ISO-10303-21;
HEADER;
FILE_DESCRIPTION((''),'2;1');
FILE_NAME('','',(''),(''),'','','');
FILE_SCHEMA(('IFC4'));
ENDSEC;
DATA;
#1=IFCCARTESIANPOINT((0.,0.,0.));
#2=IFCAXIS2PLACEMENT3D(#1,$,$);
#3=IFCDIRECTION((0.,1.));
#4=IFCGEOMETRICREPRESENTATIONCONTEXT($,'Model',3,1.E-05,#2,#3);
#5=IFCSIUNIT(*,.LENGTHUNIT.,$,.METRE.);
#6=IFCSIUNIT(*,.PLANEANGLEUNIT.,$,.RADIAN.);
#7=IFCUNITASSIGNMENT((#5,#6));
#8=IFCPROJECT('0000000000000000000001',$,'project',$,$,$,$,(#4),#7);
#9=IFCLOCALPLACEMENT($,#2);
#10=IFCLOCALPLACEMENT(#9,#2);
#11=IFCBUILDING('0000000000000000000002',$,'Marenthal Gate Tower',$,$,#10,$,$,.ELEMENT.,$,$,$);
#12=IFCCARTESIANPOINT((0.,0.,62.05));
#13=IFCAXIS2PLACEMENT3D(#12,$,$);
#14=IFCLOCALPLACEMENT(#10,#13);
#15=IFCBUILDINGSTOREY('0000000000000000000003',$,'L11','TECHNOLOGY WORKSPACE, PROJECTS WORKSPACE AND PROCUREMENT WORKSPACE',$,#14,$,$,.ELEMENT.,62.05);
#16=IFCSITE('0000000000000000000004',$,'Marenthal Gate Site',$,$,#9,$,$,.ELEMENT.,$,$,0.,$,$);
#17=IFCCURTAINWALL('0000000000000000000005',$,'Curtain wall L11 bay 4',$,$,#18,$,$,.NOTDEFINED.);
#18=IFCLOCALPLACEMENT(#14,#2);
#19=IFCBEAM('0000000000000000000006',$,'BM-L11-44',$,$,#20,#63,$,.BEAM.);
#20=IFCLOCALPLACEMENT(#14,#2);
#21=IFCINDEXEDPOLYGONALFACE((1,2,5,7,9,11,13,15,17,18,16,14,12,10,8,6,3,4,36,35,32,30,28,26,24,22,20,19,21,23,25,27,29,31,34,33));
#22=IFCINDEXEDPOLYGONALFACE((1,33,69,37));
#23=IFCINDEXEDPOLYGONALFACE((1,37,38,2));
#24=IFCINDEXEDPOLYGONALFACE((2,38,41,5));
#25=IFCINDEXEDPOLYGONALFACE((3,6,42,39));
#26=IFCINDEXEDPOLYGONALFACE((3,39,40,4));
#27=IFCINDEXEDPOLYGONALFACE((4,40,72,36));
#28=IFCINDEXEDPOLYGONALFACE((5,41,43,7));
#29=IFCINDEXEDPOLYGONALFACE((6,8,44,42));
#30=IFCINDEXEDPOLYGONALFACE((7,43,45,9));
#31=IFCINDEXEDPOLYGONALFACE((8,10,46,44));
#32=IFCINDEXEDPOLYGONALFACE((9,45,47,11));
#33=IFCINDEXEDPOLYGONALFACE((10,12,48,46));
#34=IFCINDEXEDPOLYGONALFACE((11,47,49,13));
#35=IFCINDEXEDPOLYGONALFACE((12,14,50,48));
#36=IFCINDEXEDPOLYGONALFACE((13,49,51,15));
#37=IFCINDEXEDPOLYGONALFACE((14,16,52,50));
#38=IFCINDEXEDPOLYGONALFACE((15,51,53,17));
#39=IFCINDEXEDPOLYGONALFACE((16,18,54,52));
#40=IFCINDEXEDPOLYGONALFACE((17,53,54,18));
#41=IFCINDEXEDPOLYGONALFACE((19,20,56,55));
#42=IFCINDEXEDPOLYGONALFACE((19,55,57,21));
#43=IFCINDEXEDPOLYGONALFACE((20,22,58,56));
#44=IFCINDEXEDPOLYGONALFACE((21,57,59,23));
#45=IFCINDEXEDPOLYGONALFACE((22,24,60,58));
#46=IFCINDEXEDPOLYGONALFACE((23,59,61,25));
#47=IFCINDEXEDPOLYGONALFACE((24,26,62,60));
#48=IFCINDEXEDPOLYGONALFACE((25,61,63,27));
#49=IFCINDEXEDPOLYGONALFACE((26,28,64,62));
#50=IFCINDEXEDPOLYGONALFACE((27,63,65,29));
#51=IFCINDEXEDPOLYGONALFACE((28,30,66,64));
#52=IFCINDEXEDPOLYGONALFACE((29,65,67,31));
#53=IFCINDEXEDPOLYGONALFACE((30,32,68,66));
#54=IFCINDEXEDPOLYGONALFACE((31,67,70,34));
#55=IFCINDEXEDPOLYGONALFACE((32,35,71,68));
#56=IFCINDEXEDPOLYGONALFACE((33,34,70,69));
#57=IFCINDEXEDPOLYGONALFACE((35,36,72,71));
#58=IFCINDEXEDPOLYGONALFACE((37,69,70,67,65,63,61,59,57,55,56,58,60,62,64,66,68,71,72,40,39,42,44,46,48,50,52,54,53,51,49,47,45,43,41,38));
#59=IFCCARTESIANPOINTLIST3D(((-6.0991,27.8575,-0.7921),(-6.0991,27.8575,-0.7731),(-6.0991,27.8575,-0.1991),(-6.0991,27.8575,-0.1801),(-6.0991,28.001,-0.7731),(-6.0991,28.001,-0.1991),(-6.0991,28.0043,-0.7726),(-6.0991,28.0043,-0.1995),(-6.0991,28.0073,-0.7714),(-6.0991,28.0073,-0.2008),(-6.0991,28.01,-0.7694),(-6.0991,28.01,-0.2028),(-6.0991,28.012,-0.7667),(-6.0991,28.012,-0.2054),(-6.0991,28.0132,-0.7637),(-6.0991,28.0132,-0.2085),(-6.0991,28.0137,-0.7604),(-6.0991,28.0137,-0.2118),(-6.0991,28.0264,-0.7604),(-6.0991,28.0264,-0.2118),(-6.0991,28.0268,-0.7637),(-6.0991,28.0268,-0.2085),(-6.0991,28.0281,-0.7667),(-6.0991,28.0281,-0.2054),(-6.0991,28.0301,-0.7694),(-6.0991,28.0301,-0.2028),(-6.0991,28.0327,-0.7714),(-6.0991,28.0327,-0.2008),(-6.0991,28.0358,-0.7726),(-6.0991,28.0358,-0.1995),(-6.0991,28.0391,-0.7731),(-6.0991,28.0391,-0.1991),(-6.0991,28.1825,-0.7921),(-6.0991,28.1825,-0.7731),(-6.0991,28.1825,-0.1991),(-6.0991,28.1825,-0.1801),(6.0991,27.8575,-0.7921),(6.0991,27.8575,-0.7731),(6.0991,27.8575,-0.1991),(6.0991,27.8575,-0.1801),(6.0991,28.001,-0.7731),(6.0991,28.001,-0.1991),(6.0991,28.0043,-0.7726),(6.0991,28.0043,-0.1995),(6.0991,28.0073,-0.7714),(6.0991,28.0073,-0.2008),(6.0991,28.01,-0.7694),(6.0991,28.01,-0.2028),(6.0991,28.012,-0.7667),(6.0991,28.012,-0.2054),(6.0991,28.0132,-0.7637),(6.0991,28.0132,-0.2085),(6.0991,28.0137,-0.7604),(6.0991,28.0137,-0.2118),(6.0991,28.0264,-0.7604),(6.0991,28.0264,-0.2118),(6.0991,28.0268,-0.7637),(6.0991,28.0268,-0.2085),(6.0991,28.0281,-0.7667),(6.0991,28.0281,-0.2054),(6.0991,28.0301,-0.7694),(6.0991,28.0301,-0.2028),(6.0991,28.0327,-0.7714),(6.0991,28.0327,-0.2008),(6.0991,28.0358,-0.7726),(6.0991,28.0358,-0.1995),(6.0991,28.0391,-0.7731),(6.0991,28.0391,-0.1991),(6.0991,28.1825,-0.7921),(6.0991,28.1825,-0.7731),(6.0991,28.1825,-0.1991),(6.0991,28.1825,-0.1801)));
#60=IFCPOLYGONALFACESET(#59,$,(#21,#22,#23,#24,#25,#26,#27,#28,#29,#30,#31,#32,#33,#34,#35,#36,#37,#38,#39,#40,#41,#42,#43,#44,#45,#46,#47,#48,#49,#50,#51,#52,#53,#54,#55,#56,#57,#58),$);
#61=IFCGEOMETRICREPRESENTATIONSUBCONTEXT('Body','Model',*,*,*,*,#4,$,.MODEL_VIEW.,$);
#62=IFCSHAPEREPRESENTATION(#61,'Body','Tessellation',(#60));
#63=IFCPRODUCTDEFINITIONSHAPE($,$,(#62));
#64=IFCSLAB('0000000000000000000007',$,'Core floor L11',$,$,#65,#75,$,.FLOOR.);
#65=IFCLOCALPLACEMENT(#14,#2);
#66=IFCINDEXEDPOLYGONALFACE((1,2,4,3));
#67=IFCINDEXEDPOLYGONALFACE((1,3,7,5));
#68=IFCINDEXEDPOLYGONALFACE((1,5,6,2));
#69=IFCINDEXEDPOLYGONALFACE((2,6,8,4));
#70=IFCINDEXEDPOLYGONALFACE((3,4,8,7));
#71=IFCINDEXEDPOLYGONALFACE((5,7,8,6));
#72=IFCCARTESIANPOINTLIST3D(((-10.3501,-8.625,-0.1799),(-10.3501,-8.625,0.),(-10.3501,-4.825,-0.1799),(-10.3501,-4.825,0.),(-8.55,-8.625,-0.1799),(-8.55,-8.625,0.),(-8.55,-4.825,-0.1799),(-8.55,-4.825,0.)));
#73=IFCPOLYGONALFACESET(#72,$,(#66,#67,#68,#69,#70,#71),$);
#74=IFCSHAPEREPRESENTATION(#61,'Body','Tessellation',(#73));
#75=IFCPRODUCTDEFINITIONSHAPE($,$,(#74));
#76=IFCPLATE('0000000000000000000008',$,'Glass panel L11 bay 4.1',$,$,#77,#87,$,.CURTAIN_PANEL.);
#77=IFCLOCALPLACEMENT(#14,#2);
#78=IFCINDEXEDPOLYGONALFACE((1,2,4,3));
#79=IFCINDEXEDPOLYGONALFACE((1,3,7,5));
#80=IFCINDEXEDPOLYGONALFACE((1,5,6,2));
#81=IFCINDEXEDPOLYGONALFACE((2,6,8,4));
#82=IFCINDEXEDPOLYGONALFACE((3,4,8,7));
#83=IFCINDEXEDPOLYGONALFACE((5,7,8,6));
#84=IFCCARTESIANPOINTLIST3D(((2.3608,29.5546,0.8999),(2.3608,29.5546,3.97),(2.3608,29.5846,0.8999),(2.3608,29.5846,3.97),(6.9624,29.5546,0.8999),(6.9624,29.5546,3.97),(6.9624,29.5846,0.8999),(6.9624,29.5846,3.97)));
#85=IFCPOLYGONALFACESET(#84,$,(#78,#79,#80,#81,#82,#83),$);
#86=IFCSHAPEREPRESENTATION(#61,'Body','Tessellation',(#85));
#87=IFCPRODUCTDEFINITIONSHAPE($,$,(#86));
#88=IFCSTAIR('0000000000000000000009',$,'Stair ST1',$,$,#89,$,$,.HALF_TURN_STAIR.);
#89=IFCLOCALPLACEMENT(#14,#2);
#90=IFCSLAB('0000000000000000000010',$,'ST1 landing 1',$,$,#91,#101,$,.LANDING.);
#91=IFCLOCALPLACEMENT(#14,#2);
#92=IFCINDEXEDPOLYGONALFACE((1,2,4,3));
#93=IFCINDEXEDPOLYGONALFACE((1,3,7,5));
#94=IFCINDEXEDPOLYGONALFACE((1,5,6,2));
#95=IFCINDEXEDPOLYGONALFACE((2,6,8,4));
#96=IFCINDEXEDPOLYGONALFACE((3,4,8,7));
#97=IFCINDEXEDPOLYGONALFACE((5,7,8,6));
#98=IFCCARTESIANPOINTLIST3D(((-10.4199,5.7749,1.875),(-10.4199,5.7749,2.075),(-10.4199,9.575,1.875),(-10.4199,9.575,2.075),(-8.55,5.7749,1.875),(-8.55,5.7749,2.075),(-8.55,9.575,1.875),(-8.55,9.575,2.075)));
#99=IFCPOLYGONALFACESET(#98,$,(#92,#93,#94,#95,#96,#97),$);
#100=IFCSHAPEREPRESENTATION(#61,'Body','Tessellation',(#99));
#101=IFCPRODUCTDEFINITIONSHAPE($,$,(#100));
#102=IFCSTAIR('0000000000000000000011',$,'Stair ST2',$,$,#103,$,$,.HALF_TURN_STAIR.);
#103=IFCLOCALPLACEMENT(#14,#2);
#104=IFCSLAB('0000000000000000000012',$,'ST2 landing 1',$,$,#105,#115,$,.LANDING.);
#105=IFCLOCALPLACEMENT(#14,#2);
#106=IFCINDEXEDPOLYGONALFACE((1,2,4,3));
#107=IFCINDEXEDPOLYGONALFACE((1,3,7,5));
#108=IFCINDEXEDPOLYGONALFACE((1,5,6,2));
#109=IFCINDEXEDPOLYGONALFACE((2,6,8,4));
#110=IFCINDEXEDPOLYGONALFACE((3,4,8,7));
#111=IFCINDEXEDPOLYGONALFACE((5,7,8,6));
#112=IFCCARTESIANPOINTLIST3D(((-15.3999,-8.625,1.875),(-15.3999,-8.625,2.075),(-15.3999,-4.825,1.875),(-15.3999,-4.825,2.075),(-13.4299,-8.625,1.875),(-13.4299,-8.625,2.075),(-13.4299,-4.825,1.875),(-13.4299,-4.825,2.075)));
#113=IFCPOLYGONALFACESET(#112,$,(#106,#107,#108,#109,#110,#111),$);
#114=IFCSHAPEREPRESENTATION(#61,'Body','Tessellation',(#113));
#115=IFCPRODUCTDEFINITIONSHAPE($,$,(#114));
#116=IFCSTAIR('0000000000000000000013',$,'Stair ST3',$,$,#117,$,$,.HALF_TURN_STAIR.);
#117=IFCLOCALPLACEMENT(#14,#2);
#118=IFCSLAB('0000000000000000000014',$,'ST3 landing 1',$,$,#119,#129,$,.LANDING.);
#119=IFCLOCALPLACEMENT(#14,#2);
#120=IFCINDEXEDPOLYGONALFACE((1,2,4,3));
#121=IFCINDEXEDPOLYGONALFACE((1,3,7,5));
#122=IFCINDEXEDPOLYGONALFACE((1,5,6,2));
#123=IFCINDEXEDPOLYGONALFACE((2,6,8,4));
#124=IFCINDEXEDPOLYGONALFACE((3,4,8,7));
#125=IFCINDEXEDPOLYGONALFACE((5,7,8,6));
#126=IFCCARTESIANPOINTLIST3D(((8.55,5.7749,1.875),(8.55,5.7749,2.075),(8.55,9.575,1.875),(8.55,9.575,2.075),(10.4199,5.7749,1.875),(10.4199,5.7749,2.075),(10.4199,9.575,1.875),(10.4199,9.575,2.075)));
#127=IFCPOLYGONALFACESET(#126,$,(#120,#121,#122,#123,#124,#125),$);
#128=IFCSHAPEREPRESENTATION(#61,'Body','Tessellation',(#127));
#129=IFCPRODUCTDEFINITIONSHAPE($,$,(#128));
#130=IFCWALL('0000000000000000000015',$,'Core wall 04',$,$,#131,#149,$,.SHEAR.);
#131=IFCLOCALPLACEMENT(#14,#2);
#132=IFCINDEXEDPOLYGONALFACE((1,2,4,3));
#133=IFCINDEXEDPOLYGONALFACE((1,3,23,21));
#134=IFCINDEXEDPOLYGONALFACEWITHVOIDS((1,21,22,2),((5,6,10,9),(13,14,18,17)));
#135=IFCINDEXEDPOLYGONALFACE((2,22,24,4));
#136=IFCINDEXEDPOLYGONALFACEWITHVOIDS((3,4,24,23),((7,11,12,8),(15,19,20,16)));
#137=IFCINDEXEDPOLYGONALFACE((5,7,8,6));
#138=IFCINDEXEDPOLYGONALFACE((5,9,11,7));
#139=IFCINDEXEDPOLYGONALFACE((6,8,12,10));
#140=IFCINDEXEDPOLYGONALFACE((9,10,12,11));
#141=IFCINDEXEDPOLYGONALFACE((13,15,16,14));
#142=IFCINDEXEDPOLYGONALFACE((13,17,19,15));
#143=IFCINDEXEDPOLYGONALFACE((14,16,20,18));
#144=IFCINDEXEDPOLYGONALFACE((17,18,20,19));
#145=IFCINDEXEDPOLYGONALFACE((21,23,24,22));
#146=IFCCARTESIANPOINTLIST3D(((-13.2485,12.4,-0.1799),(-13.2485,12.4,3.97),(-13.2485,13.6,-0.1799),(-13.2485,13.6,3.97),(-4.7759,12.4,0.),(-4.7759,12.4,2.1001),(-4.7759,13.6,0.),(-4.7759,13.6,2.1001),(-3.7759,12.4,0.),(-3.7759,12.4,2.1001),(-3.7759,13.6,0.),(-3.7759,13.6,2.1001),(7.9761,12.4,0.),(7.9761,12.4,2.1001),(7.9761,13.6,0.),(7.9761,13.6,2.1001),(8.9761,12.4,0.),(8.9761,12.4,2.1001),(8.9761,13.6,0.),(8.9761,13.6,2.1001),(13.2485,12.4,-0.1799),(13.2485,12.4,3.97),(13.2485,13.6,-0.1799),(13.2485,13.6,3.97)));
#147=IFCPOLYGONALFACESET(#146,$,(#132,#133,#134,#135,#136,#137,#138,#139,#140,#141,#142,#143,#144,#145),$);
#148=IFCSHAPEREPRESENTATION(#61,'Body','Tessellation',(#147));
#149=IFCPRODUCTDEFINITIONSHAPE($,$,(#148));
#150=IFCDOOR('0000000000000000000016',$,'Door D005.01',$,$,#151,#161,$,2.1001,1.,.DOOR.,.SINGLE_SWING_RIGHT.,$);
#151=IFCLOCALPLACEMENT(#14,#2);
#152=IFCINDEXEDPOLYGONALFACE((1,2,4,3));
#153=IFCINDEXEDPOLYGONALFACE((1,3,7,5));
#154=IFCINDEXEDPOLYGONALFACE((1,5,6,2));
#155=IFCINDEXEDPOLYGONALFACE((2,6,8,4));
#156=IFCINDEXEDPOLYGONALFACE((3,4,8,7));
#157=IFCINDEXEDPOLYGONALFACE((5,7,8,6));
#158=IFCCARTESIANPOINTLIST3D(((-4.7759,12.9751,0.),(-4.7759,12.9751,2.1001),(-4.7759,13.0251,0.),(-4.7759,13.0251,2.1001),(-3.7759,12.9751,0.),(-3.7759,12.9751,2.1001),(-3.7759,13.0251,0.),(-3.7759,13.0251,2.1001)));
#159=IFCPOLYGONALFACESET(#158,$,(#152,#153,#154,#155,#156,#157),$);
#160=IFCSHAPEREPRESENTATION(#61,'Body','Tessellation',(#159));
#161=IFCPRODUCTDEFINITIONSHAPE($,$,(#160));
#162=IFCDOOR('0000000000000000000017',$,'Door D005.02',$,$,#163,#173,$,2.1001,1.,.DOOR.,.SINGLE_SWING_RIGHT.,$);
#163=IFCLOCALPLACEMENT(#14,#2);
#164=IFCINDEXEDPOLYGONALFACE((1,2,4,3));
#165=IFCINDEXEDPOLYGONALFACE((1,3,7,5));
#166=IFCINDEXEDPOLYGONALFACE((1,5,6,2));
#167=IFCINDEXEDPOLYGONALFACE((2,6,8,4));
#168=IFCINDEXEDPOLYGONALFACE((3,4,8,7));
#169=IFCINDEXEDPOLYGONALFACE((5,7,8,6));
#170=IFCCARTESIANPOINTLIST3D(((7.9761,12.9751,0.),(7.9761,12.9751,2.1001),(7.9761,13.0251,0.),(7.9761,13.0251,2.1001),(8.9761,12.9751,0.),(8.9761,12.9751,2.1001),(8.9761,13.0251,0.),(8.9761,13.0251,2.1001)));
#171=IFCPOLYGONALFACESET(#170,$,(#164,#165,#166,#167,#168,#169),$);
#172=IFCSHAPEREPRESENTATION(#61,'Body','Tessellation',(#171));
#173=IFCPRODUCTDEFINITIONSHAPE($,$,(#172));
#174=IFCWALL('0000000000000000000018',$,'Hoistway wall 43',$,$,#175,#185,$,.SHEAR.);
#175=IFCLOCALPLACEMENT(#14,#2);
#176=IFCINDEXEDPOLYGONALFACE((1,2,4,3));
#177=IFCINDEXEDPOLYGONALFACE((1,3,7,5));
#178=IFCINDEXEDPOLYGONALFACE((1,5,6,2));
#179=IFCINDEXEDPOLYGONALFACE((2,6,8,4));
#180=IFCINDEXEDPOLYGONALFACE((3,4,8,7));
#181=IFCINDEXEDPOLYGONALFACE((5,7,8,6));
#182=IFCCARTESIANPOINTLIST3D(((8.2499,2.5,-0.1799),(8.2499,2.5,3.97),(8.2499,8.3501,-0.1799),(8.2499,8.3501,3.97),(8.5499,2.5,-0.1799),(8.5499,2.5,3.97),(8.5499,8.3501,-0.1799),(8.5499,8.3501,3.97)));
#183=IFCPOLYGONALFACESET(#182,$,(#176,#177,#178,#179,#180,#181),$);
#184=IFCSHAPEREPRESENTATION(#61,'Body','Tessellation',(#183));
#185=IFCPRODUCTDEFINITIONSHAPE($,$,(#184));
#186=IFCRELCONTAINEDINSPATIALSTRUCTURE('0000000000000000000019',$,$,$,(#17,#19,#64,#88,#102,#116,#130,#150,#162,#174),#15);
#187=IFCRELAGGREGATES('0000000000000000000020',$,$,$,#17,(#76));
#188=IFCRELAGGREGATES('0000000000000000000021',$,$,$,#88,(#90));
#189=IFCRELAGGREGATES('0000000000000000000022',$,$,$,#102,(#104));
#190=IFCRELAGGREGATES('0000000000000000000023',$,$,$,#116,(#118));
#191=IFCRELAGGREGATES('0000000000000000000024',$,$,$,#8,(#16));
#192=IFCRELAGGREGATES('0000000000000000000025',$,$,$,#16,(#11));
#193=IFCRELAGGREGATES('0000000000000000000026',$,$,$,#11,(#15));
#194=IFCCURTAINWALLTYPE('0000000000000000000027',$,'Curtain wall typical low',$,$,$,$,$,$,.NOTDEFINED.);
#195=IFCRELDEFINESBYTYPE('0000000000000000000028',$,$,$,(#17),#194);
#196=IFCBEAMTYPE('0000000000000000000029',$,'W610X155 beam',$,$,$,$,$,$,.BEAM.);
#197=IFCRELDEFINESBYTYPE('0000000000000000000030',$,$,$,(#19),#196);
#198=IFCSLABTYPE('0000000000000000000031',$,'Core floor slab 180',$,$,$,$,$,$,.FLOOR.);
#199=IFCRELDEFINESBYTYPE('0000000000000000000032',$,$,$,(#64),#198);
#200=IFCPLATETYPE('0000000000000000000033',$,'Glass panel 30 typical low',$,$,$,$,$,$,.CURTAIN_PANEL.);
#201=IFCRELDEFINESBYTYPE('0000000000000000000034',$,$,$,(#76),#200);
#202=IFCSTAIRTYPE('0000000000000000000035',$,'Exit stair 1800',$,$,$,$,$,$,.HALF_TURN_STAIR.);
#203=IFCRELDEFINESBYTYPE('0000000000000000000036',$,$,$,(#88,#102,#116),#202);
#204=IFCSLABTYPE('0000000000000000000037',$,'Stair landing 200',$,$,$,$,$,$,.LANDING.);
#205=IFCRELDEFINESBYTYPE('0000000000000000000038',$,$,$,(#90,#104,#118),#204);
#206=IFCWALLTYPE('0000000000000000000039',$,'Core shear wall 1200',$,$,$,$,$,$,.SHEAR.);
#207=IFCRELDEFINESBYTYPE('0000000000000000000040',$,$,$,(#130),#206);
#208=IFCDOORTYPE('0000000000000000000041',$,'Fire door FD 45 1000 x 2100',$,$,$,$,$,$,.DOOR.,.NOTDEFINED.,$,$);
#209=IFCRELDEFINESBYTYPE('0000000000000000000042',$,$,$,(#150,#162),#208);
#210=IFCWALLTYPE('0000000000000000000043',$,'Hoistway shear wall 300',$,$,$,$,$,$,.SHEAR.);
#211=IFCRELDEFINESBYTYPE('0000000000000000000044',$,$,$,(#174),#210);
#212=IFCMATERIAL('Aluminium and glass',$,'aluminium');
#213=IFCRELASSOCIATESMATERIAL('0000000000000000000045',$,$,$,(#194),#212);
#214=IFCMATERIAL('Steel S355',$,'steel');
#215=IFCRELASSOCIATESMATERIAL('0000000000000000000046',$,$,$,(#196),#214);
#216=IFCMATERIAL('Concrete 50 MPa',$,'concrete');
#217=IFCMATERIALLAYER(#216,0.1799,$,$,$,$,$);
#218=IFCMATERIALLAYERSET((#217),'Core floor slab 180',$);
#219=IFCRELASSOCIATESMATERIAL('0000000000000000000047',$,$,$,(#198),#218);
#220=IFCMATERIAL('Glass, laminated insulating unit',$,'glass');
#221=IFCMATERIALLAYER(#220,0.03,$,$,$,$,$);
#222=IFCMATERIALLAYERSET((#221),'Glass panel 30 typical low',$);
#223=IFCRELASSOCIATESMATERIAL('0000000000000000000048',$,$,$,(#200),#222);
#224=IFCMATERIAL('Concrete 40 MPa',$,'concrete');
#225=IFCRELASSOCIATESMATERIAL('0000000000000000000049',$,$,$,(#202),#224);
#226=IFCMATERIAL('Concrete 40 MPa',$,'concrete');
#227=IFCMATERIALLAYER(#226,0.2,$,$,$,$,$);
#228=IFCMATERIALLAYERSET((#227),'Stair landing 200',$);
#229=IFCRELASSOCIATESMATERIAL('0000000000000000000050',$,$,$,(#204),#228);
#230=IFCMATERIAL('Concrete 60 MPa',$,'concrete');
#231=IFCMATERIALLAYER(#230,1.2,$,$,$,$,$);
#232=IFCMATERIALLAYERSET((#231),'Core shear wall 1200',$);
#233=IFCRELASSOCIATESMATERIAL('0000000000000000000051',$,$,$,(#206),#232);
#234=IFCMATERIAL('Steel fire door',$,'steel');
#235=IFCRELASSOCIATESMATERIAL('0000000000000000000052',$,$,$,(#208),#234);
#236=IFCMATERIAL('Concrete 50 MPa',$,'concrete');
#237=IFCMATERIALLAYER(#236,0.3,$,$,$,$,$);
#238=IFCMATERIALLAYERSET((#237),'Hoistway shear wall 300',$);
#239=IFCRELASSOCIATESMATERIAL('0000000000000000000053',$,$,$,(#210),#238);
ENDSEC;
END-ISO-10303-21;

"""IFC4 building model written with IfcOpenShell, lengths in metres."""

from ifc_helpers import new_model, si_unit, direction, frame, frame_2d, origin, origin_2d, place, context, subcontext, project, spatial, polyline, rectangle, i_section, outline, extrude, material, layer, layer_set, material_profile, profile_set, type_object, element, fill, aggregate, save


model = new_model("IFC4")

# Units and contexts
model_context = context("Model", 3, precision=1e-05, world=origin(), true_north=direction((0.0, 1.0)))
body_context = subcontext(model_context, "Body", "Model", "MODEL_VIEW")
ifc_project = project(units=[si_unit("LENGTHUNIT", "METRE"), si_unit("PLANEANGLEUNIT", "RADIAN")], contexts=[model_context])

# Site, building, storey
site_placement = place(None, origin())
site = spatial("IfcSite", under=ifc_project, at=site_placement, Name="Marenthal Gate Site", CompositionType="ELEMENT", RefElevation=0.0)
building_placement = place(site_placement, origin())
building = spatial("IfcBuilding", under=site, at=building_placement, Name="Marenthal Gate Tower", CompositionType="ELEMENT")
storey_placement = place(building_placement, frame((0.0, 0.0, 62.05)))
storey = spatial("IfcBuildingStorey", under=building, at=storey_placement, Name="L11", Description="TECHNOLOGY WORKSPACE, PROJECTS WORKSPACE AND PROCUREMENT WORKSPACE", CompositionType="ELEMENT", Elevation=62.05)

# Curtain wall
ifc_material_1 = material(Name="Aluminium and glass", Category="aluminium")
curtain_wall_type = type_object("IfcCurtainWallType", Name="Curtain wall typical low", PredefinedType="NOTDEFINED", material=ifc_material_1)
curtain_wall_placement = place(storey_placement, origin())
curtain_wall = element("IfcCurtainWall", 1, at=curtain_wall_placement, inside=storey, type_object=curtain_wall_type, Name="Curtain wall L11 bay 4", PredefinedType="NOTDEFINED")

# Beam
ifc_material_2 = material(Name="Steel S355", Category="steel")
ifc_material_profile_1 = material_profile(ifc_material_2, i_section(OverallWidth=0.325, OverallDepth=0.6121, WebThickness=0.0127, FlangeThickness=0.019, FilletRadius=0.0127, at=origin_2d()), Name="W610X155")
ifc_profile_set_1 = profile_set([ifc_material_profile_1], Name="Steel S355")
beam_type_1 = type_object("IfcBeamType", Name="W610X155 beam", PredefinedType="BEAM", material=ifc_profile_set_1)
beam_1_placement = place(storey_placement, frame((6.0991, 28.02, -0.4861), z_axis=(-1.0, 0.0, 0.0), x_axis=(0.0, -1.0, 0.0)))
element("IfcBeam", 2, at=beam_1_placement, inside=storey, type_object=beam_type_1, Name="BM-L11-44", PredefinedType="BEAM", context=body_context, shape_type="SweptSolid", body=[
    extrude(i_section(OverallWidth=0.325, OverallDepth=0.6121, WebThickness=0.0127, FlangeThickness=0.019, FilletRadius=0.0127, at=origin_2d()), origin(), (0.0, 0.0, 1.0), 12.1982),
])

# Slab
ifc_material_3 = material(Name="Concrete 50 MPa", Category="concrete")
ifc_layer_1 = layer(ifc_material_3, 0.1799)
ifc_layer_set_1 = layer_set([ifc_layer_1], Name="Core floor slab 180")
slab_type_1 = type_object("IfcSlabType", Name="Core floor slab 180", PredefinedType="FLOOR", material=ifc_layer_set_1)
slab_1_placement = place(storey_placement, frame((0.0, 0.0, -0.1799)))
element("IfcSlab", 3, at=slab_1_placement, inside=storey, type_object=slab_type_1, Name="Core floor L11", PredefinedType="FLOOR", context=body_context, shape_type="SweptSolid", body=[
    extrude(outline(polyline([(-8.55, -8.625), (-10.3501, -8.625), (-10.3501, -4.825), (-8.55, -4.825), (-8.55, -8.625)])), origin(), (0.0, 0.0, 1.0), 0.1799),
])

# Plate
ifc_material_4 = material(Name="Glass, laminated insulating unit", Category="glass")
ifc_layer_2 = layer(ifc_material_4, 0.03)
ifc_layer_set_2 = layer_set([ifc_layer_2], Name="Glass panel 30 typical low")
plate_type = type_object("IfcPlateType", Name="Glass panel 30 typical low", PredefinedType="CURTAIN_PANEL", material=ifc_layer_set_2)
plate_placement = place(storey_placement, frame((4.6616, 29.5696, 0.8999), z_axis=(0.0, 0.0, 1.0), x_axis=(-1.0, 0.0, 0.0)))
plate = element("IfcPlate", 4, at=plate_placement, type_object=plate_type, Name="Glass panel L11 bay 4.1", PredefinedType="CURTAIN_PANEL", context=body_context, shape_type="SweptSolid", body=[
    extrude(rectangle(XDim=4.6016, YDim=0.03, at=origin_2d()), origin(), (0.0, 0.0, 1.0), 3.0701),
])
aggregate(curtain_wall, [plate])

# Stairs, slabs
ifc_material_5 = material(Name="Concrete 40 MPa", Category="concrete")
stair_type = type_object("IfcStairType", Name="Exit stair 1800", PredefinedType="HALF_TURN_STAIR", material=ifc_material_5)
stair_1_placement = place(storey_placement, origin())
stair_1 = element("IfcStair", 5, at=stair_1_placement, inside=storey, type_object=stair_type, Name="Stair ST1", PredefinedType="HALF_TURN_STAIR")
ifc_material_6 = material(Name="Concrete 40 MPa", Category="concrete")
ifc_layer_3 = layer(ifc_material_6, 0.2)
ifc_layer_set_3 = layer_set([ifc_layer_3], Name="Stair landing 200")
slab_type_2 = type_object("IfcSlabType", Name="Stair landing 200", PredefinedType="LANDING", material=ifc_layer_set_3)
slab_2_placement = place(storey_placement, frame((0.0, 0.0, 1.875)))
slab_2 = element("IfcSlab", 6, at=slab_2_placement, type_object=slab_type_2, Name="ST1 landing 1", PredefinedType="LANDING", context=body_context, shape_type="SweptSolid", body=[
    extrude(outline(polyline([(-10.4199, 5.7749), (-8.55, 5.7749), (-8.55, 9.575), (-10.4199, 9.575), (-10.4199, 5.7749)])), origin(), (0.0, 0.0, 1.0), 0.2),
])
aggregate(stair_1, [slab_2])
stair_2_placement = place(storey_placement, origin())
stair_2 = element("IfcStair", 7, at=stair_2_placement, inside=storey, type_object=stair_type, Name="Stair ST2", PredefinedType="HALF_TURN_STAIR")
slab_3_placement = place(storey_placement, frame((0.0, 0.0, 1.875)))
slab_3 = element("IfcSlab", 8, at=slab_3_placement, type_object=slab_type_2, Name="ST2 landing 1", PredefinedType="LANDING", context=body_context, shape_type="SweptSolid", body=[
    extrude(outline(polyline([(-15.3999, -8.625), (-13.4299, -8.625), (-13.4299, -4.825), (-15.3999, -4.825), (-15.3999, -8.625)])), origin(), (0.0, 0.0, 1.0), 0.2),
])
aggregate(stair_2, [slab_3])
stair_3_placement = place(storey_placement, origin())
stair_3 = element("IfcStair", 9, at=stair_3_placement, inside=storey, type_object=stair_type, Name="Stair ST3", PredefinedType="HALF_TURN_STAIR")
slab_4_placement = place(storey_placement, frame((0.0, 0.0, 1.875)))
slab_4 = element("IfcSlab", 10, at=slab_4_placement, type_object=slab_type_2, Name="ST3 landing 1", PredefinedType="LANDING", context=body_context, shape_type="SweptSolid", body=[
    extrude(outline(polyline([(8.55, 5.7749), (10.4199, 5.7749), (10.4199, 9.575), (8.55, 9.575), (8.55, 5.7749)])), origin(), (0.0, 0.0, 1.0), 0.2),
])

# Wall, openings, doors
ifc_material_7 = material(Name="Concrete 60 MPa", Category="concrete")
ifc_layer_4 = layer(ifc_material_7, 1.2)
ifc_layer_set_4 = layer_set([ifc_layer_4], Name="Core shear wall 1200")
wall_type_1 = type_object("IfcWallType", Name="Core shear wall 1200", PredefinedType="SHEAR", material=ifc_layer_set_4)
wall_1_placement = place(storey_placement, frame((13.2485, 13.0, -0.1799), z_axis=(0.0, 0.0, 1.0), x_axis=(-1.0, 0.0, 0.0)))
wall_1 = element("IfcWall", 11, at=wall_1_placement, inside=storey, type_object=wall_type_1, Name="Core wall 04", PredefinedType="SHEAR", context=body_context, shape_type="SweptSolid", body=[
    extrude(rectangle(XDim=26.4971, YDim=1.2, at=frame_2d((13.2485, 0.0))), origin(), (0.0, 0.0, 1.0), 4.1499),
])
opening_1_placement = place(wall_1_placement, frame((17.0244, 0.0, 0.1799)))
opening_1 = element("IfcOpeningElement", 12, at=opening_1_placement, cuts=wall_1, PredefinedType="OPENING", context=body_context, shape_type="SweptSolid", body=[
    extrude(rectangle(XDim=1.0, YDim=2.1001, at=frame_2d((0.5, 1.05))), frame((0.0, 0.6099, 0.0), z_axis=(0.0, -1.0, 0.0), x_axis=(1.0, 0.0, 0.0)), (0.0, 0.0, 1.0), 1.22),
])
opening_2_placement = place(wall_1_placement, frame((4.2725, 0.0, 0.1799)))
opening_2 = element("IfcOpeningElement", 13, at=opening_2_placement, cuts=wall_1, PredefinedType="OPENING", context=body_context, shape_type="SweptSolid", body=[
    extrude(rectangle(XDim=1.0, YDim=2.1001, at=frame_2d((0.5, 1.05))), frame((0.0, 0.6099, 0.0), z_axis=(0.0, -1.0, 0.0), x_axis=(1.0, 0.0, 0.0)), (0.0, 0.0, 1.0), 1.22),
])
ifc_material_8 = material(Name="Steel fire door", Category="steel")
door_type_1 = type_object("IfcDoorType", Name="Fire door FD 45 1000 x 2100", OperationType="NOTDEFINED", PredefinedType="DOOR", material=ifc_material_8)
door_1_placement = place(opening_1_placement, origin())
door_1 = element("IfcDoor", 14, at=door_1_placement, inside=storey, type_object=door_type_1, Name="Door D005.01", OperationType="SINGLE_SWING_RIGHT", OverallHeight=2.1001, OverallWidth=1.0, PredefinedType="DOOR", context=body_context, shape_type="SweptSolid", body=[
    extrude(rectangle(XDim=1.0, YDim=2.1001, at=frame_2d((0.5, 1.05))), frame((0.0, 0.0249, 0.0), z_axis=(0.0, -1.0, 0.0), x_axis=(1.0, 0.0, 0.0)), (0.0, 0.0, 1.0), 0.05),
])
fill(opening_1, door_1)
door_2_placement = place(opening_2_placement, origin())
door_2 = element("IfcDoor", 15, at=door_2_placement, inside=storey, type_object=door_type_1, Name="Door D005.02", OperationType="SINGLE_SWING_RIGHT", OverallHeight=2.1001, OverallWidth=1.0, PredefinedType="DOOR", context=body_context, shape_type="SweptSolid", body=[
    extrude(rectangle(XDim=1.0, YDim=2.1001, at=frame_2d((0.5, 1.05))), frame((0.0, 0.0249, 0.0), z_axis=(0.0, -1.0, 0.0), x_axis=(1.0, 0.0, 0.0)), (0.0, 0.0, 1.0), 0.05),
])
fill(opening_2, door_2)

# Wall
ifc_material_9 = material(Name="Concrete 50 MPa", Category="concrete")
ifc_layer_5 = layer(ifc_material_9, 0.3)
ifc_layer_set_5 = layer_set([ifc_layer_5], Name="Hoistway shear wall 300")
wall_type_2 = type_object("IfcWallType", Name="Hoistway shear wall 300", PredefinedType="SHEAR", material=ifc_layer_set_5)
wall_2_placement = place(storey_placement, frame((8.3999, 2.5, -0.1799), z_axis=(0.0, 0.0, 1.0), x_axis=(0.0, 1.0, 0.0)))
element("IfcWall", 16, at=wall_2_placement, inside=storey, type_object=wall_type_2, Name="Hoistway wall 43", PredefinedType="SHEAR", context=body_context, shape_type="SweptSolid", body=[
    extrude(rectangle(XDim=5.8501, YDim=0.3, at=frame_2d((2.925, 0.0))), origin(), (0.0, 0.0, 1.0), 4.1499),
])

aggregate(stair_3, [slab_4])

save(model, "model.ifc")
